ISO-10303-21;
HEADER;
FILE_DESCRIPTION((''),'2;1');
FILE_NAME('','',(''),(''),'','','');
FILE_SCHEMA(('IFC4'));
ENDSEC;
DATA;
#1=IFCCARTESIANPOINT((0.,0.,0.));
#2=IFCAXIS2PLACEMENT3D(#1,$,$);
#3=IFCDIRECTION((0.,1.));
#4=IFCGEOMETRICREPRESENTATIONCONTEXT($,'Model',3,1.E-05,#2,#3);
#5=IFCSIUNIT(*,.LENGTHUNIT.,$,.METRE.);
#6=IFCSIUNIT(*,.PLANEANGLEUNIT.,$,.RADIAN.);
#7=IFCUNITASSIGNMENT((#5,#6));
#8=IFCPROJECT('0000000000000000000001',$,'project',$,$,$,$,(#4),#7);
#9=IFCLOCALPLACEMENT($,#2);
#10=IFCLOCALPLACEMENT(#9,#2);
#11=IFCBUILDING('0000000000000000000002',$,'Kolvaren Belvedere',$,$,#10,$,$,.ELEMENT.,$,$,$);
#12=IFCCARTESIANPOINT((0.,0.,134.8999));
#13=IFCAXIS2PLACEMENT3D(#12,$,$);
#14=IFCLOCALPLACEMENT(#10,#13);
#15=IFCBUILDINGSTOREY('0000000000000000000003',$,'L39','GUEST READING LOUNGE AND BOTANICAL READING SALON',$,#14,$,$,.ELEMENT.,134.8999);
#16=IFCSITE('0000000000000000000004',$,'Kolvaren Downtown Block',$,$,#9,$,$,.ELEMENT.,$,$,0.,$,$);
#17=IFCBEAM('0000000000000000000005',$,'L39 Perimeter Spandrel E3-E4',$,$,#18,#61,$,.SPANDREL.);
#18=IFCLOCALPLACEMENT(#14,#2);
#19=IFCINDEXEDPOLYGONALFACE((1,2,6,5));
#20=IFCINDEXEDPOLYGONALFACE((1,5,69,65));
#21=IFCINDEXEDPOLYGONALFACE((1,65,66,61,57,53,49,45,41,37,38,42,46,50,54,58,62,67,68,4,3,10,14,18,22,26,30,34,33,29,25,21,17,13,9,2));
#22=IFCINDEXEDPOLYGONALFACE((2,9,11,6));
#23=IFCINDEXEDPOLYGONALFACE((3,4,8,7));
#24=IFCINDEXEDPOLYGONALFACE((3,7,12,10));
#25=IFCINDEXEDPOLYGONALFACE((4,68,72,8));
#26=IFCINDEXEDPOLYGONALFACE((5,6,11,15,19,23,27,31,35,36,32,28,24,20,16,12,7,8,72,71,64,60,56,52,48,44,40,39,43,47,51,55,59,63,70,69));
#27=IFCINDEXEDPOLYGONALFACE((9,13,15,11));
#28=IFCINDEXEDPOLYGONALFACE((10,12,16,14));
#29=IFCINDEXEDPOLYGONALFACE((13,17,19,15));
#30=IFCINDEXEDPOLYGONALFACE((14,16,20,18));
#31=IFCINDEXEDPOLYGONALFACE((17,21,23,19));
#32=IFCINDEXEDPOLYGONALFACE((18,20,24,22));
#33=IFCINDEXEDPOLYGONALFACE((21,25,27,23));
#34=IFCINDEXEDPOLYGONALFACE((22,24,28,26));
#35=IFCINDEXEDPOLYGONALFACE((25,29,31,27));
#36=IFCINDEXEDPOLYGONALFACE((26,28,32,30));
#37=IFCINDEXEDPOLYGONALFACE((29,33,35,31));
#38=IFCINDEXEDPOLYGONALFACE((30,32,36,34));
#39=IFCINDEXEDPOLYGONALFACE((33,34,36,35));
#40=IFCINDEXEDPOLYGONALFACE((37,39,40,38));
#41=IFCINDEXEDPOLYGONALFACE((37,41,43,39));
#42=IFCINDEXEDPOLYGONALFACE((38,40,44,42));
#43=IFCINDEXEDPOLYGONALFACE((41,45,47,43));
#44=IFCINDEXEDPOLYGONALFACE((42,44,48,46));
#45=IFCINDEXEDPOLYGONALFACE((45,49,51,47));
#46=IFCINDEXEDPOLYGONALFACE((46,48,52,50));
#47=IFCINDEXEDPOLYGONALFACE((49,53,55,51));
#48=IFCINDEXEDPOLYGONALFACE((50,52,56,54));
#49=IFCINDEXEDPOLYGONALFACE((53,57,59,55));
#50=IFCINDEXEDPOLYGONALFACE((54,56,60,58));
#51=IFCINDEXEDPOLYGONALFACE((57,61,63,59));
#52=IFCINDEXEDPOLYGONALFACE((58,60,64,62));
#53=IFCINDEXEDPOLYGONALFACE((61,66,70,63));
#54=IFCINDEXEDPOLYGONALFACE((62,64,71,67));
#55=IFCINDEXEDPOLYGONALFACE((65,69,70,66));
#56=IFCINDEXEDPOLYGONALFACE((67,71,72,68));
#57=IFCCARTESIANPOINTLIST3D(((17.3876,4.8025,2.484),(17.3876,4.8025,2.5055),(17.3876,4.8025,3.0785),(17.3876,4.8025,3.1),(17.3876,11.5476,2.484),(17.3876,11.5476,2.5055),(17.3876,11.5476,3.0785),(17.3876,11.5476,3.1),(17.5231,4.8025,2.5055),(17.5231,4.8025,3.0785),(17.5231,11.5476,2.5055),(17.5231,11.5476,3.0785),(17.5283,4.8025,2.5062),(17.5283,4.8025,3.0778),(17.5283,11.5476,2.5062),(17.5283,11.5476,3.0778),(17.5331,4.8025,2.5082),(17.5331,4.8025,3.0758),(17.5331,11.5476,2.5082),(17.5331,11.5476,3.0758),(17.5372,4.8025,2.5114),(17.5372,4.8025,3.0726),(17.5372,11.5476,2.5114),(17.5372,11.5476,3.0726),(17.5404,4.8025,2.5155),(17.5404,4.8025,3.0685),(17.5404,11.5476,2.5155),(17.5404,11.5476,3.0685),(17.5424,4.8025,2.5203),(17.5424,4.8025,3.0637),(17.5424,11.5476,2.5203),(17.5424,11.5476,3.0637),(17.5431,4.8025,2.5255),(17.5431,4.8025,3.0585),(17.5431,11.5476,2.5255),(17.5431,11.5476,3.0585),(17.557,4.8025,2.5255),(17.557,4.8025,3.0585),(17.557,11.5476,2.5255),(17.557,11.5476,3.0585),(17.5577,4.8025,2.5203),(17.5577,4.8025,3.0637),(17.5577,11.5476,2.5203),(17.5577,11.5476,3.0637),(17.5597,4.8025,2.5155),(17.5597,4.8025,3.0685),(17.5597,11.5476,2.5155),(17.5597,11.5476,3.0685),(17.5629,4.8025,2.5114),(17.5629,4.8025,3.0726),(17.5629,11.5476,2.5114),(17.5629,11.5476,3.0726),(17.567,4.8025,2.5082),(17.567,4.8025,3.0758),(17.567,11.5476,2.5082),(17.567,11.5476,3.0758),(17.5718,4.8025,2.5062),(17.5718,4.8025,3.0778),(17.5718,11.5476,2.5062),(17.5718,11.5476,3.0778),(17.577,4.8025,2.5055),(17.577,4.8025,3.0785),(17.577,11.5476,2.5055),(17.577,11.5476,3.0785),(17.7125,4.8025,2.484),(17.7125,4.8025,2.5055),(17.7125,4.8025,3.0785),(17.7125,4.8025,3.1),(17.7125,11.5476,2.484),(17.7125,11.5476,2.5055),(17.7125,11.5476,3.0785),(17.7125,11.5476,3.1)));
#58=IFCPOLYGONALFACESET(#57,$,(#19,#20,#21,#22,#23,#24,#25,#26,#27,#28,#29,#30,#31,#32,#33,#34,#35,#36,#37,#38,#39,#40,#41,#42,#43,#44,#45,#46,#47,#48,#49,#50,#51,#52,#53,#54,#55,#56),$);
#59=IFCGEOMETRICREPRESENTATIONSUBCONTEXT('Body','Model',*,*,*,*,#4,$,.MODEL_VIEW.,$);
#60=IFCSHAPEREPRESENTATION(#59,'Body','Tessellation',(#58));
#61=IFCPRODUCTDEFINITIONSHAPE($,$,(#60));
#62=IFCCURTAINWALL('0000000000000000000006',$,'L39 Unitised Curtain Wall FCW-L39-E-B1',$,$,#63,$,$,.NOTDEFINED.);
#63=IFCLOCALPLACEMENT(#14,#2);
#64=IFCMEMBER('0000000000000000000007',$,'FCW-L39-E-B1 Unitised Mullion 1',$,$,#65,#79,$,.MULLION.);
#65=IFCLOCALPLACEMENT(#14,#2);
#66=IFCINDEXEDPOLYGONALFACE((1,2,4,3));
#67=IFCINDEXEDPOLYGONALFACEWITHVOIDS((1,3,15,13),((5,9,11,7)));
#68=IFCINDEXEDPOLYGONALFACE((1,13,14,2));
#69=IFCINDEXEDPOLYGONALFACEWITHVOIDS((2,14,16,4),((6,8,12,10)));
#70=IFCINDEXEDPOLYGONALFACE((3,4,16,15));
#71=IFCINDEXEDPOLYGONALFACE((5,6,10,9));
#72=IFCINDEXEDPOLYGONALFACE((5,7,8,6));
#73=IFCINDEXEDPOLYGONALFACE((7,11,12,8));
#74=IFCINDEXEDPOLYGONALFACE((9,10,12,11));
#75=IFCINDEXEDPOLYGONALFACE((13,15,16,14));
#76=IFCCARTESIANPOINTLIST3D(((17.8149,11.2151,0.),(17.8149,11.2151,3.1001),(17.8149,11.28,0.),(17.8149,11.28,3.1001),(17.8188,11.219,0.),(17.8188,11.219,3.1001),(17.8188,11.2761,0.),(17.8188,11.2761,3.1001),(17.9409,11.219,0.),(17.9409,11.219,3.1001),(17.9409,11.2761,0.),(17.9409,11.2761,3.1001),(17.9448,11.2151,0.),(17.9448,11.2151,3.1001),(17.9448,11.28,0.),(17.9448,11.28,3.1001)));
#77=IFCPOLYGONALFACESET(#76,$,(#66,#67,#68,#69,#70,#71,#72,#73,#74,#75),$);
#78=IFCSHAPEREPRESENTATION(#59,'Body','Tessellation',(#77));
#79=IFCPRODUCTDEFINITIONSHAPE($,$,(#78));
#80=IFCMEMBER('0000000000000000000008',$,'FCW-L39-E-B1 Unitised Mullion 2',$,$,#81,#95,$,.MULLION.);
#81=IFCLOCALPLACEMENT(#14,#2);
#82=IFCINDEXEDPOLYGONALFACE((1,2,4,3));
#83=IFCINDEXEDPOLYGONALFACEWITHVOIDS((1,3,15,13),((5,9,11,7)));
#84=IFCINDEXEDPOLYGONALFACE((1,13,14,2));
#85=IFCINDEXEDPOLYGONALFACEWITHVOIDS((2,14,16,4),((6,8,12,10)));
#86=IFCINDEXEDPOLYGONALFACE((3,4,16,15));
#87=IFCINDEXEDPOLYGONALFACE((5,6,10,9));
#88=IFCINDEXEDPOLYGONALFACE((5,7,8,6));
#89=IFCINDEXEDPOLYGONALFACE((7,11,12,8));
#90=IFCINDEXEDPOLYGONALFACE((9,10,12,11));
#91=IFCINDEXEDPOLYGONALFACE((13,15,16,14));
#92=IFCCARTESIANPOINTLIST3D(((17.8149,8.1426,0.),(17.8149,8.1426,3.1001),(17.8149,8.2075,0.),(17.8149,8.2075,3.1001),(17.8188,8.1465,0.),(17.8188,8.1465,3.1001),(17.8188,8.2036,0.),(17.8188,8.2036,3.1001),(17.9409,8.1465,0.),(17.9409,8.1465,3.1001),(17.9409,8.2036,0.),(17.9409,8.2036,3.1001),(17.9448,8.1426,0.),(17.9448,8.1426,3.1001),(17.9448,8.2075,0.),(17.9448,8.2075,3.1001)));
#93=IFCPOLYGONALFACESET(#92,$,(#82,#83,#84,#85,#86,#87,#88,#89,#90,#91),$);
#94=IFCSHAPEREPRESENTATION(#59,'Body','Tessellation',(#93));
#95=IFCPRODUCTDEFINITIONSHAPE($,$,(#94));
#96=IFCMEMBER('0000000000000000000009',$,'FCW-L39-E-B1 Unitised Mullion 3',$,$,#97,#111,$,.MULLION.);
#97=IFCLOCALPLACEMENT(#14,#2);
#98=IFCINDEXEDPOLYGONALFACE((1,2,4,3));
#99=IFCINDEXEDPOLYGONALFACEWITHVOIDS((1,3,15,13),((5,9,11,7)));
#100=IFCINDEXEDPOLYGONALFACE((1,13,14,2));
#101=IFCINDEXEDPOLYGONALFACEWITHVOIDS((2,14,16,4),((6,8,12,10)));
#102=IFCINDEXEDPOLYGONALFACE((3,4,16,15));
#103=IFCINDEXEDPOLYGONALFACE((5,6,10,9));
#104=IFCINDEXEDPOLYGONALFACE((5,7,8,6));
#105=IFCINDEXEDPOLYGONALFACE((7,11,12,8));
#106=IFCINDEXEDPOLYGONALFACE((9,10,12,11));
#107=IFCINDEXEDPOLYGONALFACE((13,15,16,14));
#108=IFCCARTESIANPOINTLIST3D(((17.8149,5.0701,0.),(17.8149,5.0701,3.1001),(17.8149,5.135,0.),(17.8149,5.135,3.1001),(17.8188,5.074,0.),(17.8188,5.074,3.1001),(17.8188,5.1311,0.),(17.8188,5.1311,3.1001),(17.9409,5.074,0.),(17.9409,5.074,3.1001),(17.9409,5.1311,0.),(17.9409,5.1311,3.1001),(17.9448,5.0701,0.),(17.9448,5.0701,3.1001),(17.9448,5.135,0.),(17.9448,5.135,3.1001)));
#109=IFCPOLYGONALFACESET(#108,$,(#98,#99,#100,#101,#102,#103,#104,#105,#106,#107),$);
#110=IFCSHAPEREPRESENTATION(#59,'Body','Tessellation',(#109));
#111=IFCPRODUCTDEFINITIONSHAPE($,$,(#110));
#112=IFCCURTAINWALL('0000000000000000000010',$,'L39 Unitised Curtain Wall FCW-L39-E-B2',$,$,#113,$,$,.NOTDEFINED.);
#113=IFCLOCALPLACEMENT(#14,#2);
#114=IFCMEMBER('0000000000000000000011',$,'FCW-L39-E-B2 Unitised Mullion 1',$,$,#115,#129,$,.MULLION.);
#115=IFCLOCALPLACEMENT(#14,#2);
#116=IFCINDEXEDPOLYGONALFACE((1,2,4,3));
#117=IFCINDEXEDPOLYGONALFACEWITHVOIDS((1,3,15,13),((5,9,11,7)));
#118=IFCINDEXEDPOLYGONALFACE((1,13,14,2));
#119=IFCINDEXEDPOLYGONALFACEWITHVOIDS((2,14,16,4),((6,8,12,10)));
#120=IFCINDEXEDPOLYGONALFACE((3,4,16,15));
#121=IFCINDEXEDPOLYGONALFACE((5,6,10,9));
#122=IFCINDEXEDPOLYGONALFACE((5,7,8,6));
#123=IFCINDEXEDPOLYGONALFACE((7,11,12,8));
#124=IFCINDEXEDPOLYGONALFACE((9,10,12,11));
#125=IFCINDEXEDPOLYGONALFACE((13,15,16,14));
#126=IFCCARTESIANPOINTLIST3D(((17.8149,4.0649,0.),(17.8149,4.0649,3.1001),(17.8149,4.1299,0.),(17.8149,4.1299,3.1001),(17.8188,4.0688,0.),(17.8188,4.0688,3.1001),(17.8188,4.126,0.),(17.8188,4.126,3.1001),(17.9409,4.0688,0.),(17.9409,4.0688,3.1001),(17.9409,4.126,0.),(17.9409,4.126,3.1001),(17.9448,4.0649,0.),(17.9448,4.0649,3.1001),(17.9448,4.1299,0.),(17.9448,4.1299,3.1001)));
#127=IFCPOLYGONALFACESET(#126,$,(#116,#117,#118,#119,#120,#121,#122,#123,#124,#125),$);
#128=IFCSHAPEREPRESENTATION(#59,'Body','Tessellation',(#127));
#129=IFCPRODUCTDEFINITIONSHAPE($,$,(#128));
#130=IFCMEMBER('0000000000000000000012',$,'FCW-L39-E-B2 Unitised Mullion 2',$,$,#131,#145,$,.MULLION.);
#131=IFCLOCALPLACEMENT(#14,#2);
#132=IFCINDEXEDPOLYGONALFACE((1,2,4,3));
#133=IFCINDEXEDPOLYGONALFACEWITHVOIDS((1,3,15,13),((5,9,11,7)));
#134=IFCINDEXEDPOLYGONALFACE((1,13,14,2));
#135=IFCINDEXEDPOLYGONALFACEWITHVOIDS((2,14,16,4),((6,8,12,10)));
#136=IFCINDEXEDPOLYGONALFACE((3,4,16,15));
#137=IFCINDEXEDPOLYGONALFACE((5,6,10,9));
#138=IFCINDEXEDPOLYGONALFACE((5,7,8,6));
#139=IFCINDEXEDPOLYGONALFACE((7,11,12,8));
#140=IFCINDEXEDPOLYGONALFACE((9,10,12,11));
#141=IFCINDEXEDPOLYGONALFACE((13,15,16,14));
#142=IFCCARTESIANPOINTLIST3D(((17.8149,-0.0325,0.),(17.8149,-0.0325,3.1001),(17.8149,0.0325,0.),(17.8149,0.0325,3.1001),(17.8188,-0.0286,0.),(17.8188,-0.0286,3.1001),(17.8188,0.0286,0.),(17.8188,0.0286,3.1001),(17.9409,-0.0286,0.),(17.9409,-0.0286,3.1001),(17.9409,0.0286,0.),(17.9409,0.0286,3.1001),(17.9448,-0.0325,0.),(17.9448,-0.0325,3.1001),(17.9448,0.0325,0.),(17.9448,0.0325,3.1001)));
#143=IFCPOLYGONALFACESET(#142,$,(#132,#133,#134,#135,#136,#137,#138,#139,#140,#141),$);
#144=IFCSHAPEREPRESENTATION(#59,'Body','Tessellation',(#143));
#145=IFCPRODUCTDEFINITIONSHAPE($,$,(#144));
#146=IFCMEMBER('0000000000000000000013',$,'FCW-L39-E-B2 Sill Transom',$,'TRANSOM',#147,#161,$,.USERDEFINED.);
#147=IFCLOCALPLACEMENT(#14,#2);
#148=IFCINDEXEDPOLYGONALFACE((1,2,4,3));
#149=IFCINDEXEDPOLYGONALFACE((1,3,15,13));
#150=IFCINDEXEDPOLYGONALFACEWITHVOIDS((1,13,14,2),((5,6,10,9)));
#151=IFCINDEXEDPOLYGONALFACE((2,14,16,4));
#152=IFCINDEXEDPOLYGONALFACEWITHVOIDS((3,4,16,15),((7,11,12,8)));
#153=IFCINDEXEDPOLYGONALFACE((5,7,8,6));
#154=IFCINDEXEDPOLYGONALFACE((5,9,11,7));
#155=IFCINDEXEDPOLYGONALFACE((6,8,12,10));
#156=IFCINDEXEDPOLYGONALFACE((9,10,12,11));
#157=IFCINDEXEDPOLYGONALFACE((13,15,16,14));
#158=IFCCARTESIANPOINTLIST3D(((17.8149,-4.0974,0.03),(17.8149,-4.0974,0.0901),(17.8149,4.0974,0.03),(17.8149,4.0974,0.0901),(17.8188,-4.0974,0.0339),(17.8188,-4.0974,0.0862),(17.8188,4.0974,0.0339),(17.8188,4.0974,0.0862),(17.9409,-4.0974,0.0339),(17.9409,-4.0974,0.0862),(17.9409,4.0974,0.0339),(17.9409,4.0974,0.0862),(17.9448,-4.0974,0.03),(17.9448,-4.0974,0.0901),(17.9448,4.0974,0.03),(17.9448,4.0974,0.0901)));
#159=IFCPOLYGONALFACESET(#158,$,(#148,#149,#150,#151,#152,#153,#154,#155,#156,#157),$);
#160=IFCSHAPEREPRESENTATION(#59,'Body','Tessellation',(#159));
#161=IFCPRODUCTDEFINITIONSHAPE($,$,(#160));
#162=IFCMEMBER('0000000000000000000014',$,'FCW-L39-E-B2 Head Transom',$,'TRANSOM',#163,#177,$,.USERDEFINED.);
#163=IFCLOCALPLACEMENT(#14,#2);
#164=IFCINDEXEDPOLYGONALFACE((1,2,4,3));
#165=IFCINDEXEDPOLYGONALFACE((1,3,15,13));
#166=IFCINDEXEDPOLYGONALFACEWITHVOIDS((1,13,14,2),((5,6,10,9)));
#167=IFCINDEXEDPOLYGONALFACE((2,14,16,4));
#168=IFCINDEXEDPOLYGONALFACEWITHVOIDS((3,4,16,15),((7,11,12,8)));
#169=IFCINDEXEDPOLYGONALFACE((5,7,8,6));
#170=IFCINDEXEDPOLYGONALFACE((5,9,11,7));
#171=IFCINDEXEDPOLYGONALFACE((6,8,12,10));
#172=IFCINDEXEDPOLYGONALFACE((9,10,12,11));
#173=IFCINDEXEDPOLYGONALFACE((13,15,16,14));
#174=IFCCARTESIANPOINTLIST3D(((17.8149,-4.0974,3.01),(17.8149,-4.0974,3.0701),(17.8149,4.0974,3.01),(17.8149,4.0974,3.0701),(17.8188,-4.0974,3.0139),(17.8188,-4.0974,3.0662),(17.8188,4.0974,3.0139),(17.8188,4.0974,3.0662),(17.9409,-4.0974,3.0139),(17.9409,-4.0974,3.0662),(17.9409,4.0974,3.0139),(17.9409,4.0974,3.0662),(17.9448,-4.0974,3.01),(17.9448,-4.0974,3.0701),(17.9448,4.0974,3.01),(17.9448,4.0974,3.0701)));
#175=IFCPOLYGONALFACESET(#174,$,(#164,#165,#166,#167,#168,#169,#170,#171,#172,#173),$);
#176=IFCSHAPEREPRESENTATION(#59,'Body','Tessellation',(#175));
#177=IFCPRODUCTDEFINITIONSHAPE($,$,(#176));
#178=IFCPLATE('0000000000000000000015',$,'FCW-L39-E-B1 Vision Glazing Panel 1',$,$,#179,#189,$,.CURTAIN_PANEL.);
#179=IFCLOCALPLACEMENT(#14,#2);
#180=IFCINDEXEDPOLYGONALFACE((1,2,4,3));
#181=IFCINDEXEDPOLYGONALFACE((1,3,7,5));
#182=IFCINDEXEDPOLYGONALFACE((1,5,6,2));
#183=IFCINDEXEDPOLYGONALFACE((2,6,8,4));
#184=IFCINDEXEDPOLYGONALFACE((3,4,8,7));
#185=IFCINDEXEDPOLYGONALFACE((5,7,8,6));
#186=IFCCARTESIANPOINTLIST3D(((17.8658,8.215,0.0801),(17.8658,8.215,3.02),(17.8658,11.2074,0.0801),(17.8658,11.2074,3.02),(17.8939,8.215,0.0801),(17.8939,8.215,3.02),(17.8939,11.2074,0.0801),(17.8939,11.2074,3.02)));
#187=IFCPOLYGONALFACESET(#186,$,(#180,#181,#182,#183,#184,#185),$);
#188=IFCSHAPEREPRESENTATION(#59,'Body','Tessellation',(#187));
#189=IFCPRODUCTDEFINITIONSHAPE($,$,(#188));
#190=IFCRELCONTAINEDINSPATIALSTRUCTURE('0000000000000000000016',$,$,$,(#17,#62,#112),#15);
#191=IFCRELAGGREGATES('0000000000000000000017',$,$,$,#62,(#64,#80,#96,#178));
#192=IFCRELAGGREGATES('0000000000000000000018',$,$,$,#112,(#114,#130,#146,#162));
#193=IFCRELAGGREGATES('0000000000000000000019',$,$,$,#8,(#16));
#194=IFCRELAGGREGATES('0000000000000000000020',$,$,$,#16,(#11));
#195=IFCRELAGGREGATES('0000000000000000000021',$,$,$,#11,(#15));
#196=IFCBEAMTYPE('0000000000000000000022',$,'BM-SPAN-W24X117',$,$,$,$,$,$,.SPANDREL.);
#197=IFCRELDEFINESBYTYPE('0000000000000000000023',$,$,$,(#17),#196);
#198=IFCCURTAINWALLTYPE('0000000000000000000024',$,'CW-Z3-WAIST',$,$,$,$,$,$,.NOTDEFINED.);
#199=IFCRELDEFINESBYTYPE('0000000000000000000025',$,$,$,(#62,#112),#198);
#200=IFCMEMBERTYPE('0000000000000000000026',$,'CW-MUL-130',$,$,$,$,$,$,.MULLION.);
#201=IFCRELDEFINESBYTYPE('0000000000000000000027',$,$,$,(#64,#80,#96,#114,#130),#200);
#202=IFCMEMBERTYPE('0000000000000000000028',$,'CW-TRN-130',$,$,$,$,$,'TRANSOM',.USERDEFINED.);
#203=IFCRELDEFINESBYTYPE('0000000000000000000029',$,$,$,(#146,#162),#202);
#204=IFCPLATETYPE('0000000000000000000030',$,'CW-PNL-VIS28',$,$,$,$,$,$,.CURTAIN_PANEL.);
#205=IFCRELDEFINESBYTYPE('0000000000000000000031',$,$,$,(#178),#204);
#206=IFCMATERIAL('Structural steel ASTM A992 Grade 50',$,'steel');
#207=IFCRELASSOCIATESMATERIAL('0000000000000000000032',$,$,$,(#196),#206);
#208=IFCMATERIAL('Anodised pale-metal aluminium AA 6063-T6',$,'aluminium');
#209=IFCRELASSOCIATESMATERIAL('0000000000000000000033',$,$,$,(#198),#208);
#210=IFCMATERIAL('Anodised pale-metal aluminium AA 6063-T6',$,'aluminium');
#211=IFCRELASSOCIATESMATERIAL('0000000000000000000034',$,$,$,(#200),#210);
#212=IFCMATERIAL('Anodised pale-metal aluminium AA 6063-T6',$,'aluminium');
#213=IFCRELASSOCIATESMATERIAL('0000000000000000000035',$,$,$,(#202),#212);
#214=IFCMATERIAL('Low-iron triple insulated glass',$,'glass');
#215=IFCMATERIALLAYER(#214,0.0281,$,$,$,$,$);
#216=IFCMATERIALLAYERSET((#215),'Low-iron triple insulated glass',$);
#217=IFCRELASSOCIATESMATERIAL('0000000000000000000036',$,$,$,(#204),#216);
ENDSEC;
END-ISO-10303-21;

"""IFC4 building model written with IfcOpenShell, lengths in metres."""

from ifc_helpers import new_model, si_unit, direction, frame, origin, origin_2d, place, context, subcontext, project, spatial, rectangle, hollow_rectangle, i_section, extrude, material, layer, layer_set, material_profile, profile_set, type_object, element, aggregate, save


model = new_model("IFC4")

# Units and contexts
model_context = context("Model", 3, precision=1e-05, world=origin(), true_north=direction((0.0, 1.0)))
body_context = subcontext(model_context, "Body", "Model", "MODEL_VIEW")
ifc_project = project(units=[si_unit("LENGTHUNIT", "METRE"), si_unit("PLANEANGLEUNIT", "RADIAN")], contexts=[model_context])

# Site, building, storey
site_placement = place(None, origin())
site = spatial("IfcSite", under=ifc_project, at=site_placement, Name="Kolvaren Downtown Block", CompositionType="ELEMENT", RefElevation=0.0)
building_placement = place(site_placement, origin())
building = spatial("IfcBuilding", under=site, at=building_placement, Name="Kolvaren Belvedere", CompositionType="ELEMENT")
storey_placement = place(building_placement, frame((0.0, 0.0, 134.8999)))
storey = spatial("IfcBuildingStorey", under=building, at=storey_placement, Name="L39", Description="GUEST READING LOUNGE AND BOTANICAL READING SALON", CompositionType="ELEMENT", Elevation=134.8999)

# Beam
ifc_material_1 = material(Name="Structural steel ASTM A992 Grade 50", Category="steel")
ifc_material_profile_1 = material_profile(ifc_material_1, i_section(OverallWidth=0.325, OverallDepth=0.616, WebThickness=0.0139, FlangeThickness=0.0215, FilletRadius=0.02, at=origin_2d()), Name="W24X117")
ifc_profile_set_1 = profile_set([ifc_material_profile_1], Name="Structural steel ASTM A992 Grade 50")
beam_type_1 = type_object("IfcBeamType", Name="BM-SPAN-W24X117", PredefinedType="SPANDREL", material=ifc_profile_set_1)
beam_1_placement = place(storey_placement, frame((17.55, 4.8025, 2.792), z_axis=(0.0, 1.0, 0.0), x_axis=(-1.0, 0.0, 0.0)))
element("IfcBeam", 1, at=beam_1_placement, inside=storey, type_object=beam_type_1, Name="L39 Perimeter Spandrel E3-E4", PredefinedType="SPANDREL", context=body_context, shape_type="SweptSolid", body=[
    extrude(i_section(OverallWidth=0.325, OverallDepth=0.616, WebThickness=0.0139, FlangeThickness=0.0215, FilletRadius=0.02, at=origin_2d()), origin(), (0.0, 0.0, 1.0), 6.7451),
])

# Curtain walls, members
ifc_material_2 = material(Name="Anodised pale-metal aluminium AA 6063-T6", Category="aluminium")
curtain_wall_type = type_object("IfcCurtainWallType", Name="CW-Z3-WAIST", PredefinedType="NOTDEFINED", material=ifc_material_2)
curtain_wall_1_placement = place(storey_placement, origin())
curtain_wall_1 = element("IfcCurtainWall", 2, at=curtain_wall_1_placement, inside=storey, type_object=curtain_wall_type, Name="L39 Unitised Curtain Wall FCW-L39-E-B1", PredefinedType="NOTDEFINED")
ifc_material_3 = material(Name="Anodised pale-metal aluminium AA 6063-T6", Category="aluminium")
ifc_material_profile_2 = material_profile(ifc_material_3, hollow_rectangle(XDim=0.0649, YDim=0.1299, WallThickness=0.0039, at=origin_2d()), Name="ALU-MUL-130X65")
ifc_profile_set_2 = profile_set([ifc_material_profile_2], Name="Anodised pale-metal aluminium AA 6063-T6")
member_type_1 = type_object("IfcMemberType", Name="CW-MUL-130", PredefinedType="MULLION", material=ifc_profile_set_2)
member_1_placement = place(storey_placement, frame((17.8799, 11.2476, 0.0), z_axis=(0.0, 0.0, 1.0), x_axis=(0.0, 1.0, 0.0)))
member_1 = element("IfcMember", 3, at=member_1_placement, type_object=member_type_1, Name="FCW-L39-E-B1 Unitised Mullion 1", PredefinedType="MULLION", context=body_context, shape_type="SweptSolid", body=[
    extrude(hollow_rectangle(XDim=0.0649, YDim=0.1299, WallThickness=0.0039, at=origin_2d()), origin(), (0.0, 0.0, 1.0), 3.1001),
])
member_2_placement = place(storey_placement, frame((17.8799, 8.175, 0.0), z_axis=(0.0, 0.0, 1.0), x_axis=(0.0, 1.0, 0.0)))
member_2 = element("IfcMember", 4, at=member_2_placement, type_object=member_type_1, Name="FCW-L39-E-B1 Unitised Mullion 2", PredefinedType="MULLION", context=body_context, shape_type="SweptSolid", body=[
    extrude(hollow_rectangle(XDim=0.0649, YDim=0.1299, WallThickness=0.0039, at=origin_2d()), origin(), (0.0, 0.0, 1.0), 3.1001),
])
member_3_placement = place(storey_placement, frame((17.8799, 5.1025, 0.0), z_axis=(0.0, 0.0, 1.0), x_axis=(0.0, 1.0, 0.0)))
member_3 = element("IfcMember", 5, at=member_3_placement, type_object=member_type_1, Name="FCW-L39-E-B1 Unitised Mullion 3", PredefinedType="MULLION", context=body_context, shape_type="SweptSolid", body=[
    extrude(hollow_rectangle(XDim=0.0649, YDim=0.1299, WallThickness=0.0039, at=origin_2d()), origin(), (0.0, 0.0, 1.0), 3.1001),
])
curtain_wall_2_placement = place(storey_placement, origin())
curtain_wall_2 = element("IfcCurtainWall", 6, at=curtain_wall_2_placement, inside=storey, type_object=curtain_wall_type, Name="L39 Unitised Curtain Wall FCW-L39-E-B2", PredefinedType="NOTDEFINED")
member_4_placement = place(storey_placement, frame((17.8799, 4.0974, 0.0), z_axis=(0.0, 0.0, 1.0), x_axis=(0.0, 1.0, 0.0)))
member_4 = element("IfcMember", 7, at=member_4_placement, type_object=member_type_1, Name="FCW-L39-E-B2 Unitised Mullion 1", PredefinedType="MULLION", context=body_context, shape_type="SweptSolid", body=[
    extrude(hollow_rectangle(XDim=0.0649, YDim=0.1299, WallThickness=0.0039, at=origin_2d()), origin(), (0.0, 0.0, 1.0), 3.1001),
])
member_5_placement = place(storey_placement, frame((17.8799, 0.0, 0.0), z_axis=(0.0, 0.0, 1.0), x_axis=(0.0, 1.0, 0.0)))
member_5 = element("IfcMember", 8, at=member_5_placement, type_object=member_type_1, Name="FCW-L39-E-B2 Unitised Mullion 2", PredefinedType="MULLION", context=body_context, shape_type="SweptSolid", body=[
    extrude(hollow_rectangle(XDim=0.0649, YDim=0.1299, WallThickness=0.0039, at=origin_2d()), origin(), (0.0, 0.0, 1.0), 3.1001),
])
ifc_material_4 = material(Name="Anodised pale-metal aluminium AA 6063-T6", Category="aluminium")
ifc_material_profile_3 = material_profile(ifc_material_4, hollow_rectangle(XDim=0.0601, YDim=0.1299, WallThickness=0.0039, at=origin_2d()), Name="ALU-TRN-130X60")
ifc_profile_set_3 = profile_set([ifc_material_profile_3], Name="Anodised pale-metal aluminium AA 6063-T6")
member_type_2 = type_object("IfcMemberType", Name="CW-TRN-130", ElementType="TRANSOM", PredefinedType="USERDEFINED", material=ifc_profile_set_3)
member_6_placement = place(storey_placement, frame((17.8799, 4.0974, 0.0601), z_axis=(0.0, -1.0, 0.0), x_axis=(0.0, 0.0, 1.0)))
member_6 = element("IfcMember", 9, at=member_6_placement, type_object=member_type_2, Name="FCW-L39-E-B2 Sill Transom", ObjectType="TRANSOM", PredefinedType="USERDEFINED", context=body_context, shape_type="SweptSolid", body=[
    extrude(hollow_rectangle(XDim=0.0601, YDim=0.1299, WallThickness=0.0039, at=origin_2d()), origin(), (0.0, 0.0, 1.0), 8.1948),
])
member_7_placement = place(storey_placement, frame((17.8799, 4.0974, 3.04), z_axis=(0.0, -1.0, 0.0), x_axis=(0.0, 0.0, 1.0)))
member_7 = element("IfcMember", 10, at=member_7_placement, type_object=member_type_2, Name="FCW-L39-E-B2 Head Transom", ObjectType="TRANSOM", PredefinedType="USERDEFINED", context=body_context, shape_type="SweptSolid", body=[
    extrude(hollow_rectangle(XDim=0.0601, YDim=0.1299, WallThickness=0.0039, at=origin_2d()), origin(), (0.0, 0.0, 1.0), 8.1948),
])

# Plate
ifc_material_5 = material(Name="Low-iron triple insulated glass", Category="glass")
ifc_layer_1 = layer(ifc_material_5, 0.0281)
ifc_layer_set_1 = layer_set([ifc_layer_1], Name="Low-iron triple insulated glass")
plate_type_1 = type_object("IfcPlateType", Name="CW-PNL-VIS28", PredefinedType="CURTAIN_PANEL", material=ifc_layer_set_1)
plate_1_placement = place(storey_placement, frame((17.8799, 9.7112, 0.0801), z_axis=(0.0, 0.0, 1.0), x_axis=(0.0, -1.0, 0.0)))
plate_1 = element("IfcPlate", 11, at=plate_1_placement, type_object=plate_type_1, Name="FCW-L39-E-B1 Vision Glazing Panel 1", PredefinedType="CURTAIN_PANEL", context=body_context, shape_type="SweptSolid", body=[
    extrude(rectangle(XDim=2.9924, YDim=0.0281, at=origin_2d()), origin(), (0.0, 0.0, 1.0), 2.9399),
])
aggregate(curtain_wall_1, [member_1, member_2, member_3, plate_1])
aggregate(curtain_wall_2, [member_4, member_5, member_6, member_7])

save(model, "model.ifc")
